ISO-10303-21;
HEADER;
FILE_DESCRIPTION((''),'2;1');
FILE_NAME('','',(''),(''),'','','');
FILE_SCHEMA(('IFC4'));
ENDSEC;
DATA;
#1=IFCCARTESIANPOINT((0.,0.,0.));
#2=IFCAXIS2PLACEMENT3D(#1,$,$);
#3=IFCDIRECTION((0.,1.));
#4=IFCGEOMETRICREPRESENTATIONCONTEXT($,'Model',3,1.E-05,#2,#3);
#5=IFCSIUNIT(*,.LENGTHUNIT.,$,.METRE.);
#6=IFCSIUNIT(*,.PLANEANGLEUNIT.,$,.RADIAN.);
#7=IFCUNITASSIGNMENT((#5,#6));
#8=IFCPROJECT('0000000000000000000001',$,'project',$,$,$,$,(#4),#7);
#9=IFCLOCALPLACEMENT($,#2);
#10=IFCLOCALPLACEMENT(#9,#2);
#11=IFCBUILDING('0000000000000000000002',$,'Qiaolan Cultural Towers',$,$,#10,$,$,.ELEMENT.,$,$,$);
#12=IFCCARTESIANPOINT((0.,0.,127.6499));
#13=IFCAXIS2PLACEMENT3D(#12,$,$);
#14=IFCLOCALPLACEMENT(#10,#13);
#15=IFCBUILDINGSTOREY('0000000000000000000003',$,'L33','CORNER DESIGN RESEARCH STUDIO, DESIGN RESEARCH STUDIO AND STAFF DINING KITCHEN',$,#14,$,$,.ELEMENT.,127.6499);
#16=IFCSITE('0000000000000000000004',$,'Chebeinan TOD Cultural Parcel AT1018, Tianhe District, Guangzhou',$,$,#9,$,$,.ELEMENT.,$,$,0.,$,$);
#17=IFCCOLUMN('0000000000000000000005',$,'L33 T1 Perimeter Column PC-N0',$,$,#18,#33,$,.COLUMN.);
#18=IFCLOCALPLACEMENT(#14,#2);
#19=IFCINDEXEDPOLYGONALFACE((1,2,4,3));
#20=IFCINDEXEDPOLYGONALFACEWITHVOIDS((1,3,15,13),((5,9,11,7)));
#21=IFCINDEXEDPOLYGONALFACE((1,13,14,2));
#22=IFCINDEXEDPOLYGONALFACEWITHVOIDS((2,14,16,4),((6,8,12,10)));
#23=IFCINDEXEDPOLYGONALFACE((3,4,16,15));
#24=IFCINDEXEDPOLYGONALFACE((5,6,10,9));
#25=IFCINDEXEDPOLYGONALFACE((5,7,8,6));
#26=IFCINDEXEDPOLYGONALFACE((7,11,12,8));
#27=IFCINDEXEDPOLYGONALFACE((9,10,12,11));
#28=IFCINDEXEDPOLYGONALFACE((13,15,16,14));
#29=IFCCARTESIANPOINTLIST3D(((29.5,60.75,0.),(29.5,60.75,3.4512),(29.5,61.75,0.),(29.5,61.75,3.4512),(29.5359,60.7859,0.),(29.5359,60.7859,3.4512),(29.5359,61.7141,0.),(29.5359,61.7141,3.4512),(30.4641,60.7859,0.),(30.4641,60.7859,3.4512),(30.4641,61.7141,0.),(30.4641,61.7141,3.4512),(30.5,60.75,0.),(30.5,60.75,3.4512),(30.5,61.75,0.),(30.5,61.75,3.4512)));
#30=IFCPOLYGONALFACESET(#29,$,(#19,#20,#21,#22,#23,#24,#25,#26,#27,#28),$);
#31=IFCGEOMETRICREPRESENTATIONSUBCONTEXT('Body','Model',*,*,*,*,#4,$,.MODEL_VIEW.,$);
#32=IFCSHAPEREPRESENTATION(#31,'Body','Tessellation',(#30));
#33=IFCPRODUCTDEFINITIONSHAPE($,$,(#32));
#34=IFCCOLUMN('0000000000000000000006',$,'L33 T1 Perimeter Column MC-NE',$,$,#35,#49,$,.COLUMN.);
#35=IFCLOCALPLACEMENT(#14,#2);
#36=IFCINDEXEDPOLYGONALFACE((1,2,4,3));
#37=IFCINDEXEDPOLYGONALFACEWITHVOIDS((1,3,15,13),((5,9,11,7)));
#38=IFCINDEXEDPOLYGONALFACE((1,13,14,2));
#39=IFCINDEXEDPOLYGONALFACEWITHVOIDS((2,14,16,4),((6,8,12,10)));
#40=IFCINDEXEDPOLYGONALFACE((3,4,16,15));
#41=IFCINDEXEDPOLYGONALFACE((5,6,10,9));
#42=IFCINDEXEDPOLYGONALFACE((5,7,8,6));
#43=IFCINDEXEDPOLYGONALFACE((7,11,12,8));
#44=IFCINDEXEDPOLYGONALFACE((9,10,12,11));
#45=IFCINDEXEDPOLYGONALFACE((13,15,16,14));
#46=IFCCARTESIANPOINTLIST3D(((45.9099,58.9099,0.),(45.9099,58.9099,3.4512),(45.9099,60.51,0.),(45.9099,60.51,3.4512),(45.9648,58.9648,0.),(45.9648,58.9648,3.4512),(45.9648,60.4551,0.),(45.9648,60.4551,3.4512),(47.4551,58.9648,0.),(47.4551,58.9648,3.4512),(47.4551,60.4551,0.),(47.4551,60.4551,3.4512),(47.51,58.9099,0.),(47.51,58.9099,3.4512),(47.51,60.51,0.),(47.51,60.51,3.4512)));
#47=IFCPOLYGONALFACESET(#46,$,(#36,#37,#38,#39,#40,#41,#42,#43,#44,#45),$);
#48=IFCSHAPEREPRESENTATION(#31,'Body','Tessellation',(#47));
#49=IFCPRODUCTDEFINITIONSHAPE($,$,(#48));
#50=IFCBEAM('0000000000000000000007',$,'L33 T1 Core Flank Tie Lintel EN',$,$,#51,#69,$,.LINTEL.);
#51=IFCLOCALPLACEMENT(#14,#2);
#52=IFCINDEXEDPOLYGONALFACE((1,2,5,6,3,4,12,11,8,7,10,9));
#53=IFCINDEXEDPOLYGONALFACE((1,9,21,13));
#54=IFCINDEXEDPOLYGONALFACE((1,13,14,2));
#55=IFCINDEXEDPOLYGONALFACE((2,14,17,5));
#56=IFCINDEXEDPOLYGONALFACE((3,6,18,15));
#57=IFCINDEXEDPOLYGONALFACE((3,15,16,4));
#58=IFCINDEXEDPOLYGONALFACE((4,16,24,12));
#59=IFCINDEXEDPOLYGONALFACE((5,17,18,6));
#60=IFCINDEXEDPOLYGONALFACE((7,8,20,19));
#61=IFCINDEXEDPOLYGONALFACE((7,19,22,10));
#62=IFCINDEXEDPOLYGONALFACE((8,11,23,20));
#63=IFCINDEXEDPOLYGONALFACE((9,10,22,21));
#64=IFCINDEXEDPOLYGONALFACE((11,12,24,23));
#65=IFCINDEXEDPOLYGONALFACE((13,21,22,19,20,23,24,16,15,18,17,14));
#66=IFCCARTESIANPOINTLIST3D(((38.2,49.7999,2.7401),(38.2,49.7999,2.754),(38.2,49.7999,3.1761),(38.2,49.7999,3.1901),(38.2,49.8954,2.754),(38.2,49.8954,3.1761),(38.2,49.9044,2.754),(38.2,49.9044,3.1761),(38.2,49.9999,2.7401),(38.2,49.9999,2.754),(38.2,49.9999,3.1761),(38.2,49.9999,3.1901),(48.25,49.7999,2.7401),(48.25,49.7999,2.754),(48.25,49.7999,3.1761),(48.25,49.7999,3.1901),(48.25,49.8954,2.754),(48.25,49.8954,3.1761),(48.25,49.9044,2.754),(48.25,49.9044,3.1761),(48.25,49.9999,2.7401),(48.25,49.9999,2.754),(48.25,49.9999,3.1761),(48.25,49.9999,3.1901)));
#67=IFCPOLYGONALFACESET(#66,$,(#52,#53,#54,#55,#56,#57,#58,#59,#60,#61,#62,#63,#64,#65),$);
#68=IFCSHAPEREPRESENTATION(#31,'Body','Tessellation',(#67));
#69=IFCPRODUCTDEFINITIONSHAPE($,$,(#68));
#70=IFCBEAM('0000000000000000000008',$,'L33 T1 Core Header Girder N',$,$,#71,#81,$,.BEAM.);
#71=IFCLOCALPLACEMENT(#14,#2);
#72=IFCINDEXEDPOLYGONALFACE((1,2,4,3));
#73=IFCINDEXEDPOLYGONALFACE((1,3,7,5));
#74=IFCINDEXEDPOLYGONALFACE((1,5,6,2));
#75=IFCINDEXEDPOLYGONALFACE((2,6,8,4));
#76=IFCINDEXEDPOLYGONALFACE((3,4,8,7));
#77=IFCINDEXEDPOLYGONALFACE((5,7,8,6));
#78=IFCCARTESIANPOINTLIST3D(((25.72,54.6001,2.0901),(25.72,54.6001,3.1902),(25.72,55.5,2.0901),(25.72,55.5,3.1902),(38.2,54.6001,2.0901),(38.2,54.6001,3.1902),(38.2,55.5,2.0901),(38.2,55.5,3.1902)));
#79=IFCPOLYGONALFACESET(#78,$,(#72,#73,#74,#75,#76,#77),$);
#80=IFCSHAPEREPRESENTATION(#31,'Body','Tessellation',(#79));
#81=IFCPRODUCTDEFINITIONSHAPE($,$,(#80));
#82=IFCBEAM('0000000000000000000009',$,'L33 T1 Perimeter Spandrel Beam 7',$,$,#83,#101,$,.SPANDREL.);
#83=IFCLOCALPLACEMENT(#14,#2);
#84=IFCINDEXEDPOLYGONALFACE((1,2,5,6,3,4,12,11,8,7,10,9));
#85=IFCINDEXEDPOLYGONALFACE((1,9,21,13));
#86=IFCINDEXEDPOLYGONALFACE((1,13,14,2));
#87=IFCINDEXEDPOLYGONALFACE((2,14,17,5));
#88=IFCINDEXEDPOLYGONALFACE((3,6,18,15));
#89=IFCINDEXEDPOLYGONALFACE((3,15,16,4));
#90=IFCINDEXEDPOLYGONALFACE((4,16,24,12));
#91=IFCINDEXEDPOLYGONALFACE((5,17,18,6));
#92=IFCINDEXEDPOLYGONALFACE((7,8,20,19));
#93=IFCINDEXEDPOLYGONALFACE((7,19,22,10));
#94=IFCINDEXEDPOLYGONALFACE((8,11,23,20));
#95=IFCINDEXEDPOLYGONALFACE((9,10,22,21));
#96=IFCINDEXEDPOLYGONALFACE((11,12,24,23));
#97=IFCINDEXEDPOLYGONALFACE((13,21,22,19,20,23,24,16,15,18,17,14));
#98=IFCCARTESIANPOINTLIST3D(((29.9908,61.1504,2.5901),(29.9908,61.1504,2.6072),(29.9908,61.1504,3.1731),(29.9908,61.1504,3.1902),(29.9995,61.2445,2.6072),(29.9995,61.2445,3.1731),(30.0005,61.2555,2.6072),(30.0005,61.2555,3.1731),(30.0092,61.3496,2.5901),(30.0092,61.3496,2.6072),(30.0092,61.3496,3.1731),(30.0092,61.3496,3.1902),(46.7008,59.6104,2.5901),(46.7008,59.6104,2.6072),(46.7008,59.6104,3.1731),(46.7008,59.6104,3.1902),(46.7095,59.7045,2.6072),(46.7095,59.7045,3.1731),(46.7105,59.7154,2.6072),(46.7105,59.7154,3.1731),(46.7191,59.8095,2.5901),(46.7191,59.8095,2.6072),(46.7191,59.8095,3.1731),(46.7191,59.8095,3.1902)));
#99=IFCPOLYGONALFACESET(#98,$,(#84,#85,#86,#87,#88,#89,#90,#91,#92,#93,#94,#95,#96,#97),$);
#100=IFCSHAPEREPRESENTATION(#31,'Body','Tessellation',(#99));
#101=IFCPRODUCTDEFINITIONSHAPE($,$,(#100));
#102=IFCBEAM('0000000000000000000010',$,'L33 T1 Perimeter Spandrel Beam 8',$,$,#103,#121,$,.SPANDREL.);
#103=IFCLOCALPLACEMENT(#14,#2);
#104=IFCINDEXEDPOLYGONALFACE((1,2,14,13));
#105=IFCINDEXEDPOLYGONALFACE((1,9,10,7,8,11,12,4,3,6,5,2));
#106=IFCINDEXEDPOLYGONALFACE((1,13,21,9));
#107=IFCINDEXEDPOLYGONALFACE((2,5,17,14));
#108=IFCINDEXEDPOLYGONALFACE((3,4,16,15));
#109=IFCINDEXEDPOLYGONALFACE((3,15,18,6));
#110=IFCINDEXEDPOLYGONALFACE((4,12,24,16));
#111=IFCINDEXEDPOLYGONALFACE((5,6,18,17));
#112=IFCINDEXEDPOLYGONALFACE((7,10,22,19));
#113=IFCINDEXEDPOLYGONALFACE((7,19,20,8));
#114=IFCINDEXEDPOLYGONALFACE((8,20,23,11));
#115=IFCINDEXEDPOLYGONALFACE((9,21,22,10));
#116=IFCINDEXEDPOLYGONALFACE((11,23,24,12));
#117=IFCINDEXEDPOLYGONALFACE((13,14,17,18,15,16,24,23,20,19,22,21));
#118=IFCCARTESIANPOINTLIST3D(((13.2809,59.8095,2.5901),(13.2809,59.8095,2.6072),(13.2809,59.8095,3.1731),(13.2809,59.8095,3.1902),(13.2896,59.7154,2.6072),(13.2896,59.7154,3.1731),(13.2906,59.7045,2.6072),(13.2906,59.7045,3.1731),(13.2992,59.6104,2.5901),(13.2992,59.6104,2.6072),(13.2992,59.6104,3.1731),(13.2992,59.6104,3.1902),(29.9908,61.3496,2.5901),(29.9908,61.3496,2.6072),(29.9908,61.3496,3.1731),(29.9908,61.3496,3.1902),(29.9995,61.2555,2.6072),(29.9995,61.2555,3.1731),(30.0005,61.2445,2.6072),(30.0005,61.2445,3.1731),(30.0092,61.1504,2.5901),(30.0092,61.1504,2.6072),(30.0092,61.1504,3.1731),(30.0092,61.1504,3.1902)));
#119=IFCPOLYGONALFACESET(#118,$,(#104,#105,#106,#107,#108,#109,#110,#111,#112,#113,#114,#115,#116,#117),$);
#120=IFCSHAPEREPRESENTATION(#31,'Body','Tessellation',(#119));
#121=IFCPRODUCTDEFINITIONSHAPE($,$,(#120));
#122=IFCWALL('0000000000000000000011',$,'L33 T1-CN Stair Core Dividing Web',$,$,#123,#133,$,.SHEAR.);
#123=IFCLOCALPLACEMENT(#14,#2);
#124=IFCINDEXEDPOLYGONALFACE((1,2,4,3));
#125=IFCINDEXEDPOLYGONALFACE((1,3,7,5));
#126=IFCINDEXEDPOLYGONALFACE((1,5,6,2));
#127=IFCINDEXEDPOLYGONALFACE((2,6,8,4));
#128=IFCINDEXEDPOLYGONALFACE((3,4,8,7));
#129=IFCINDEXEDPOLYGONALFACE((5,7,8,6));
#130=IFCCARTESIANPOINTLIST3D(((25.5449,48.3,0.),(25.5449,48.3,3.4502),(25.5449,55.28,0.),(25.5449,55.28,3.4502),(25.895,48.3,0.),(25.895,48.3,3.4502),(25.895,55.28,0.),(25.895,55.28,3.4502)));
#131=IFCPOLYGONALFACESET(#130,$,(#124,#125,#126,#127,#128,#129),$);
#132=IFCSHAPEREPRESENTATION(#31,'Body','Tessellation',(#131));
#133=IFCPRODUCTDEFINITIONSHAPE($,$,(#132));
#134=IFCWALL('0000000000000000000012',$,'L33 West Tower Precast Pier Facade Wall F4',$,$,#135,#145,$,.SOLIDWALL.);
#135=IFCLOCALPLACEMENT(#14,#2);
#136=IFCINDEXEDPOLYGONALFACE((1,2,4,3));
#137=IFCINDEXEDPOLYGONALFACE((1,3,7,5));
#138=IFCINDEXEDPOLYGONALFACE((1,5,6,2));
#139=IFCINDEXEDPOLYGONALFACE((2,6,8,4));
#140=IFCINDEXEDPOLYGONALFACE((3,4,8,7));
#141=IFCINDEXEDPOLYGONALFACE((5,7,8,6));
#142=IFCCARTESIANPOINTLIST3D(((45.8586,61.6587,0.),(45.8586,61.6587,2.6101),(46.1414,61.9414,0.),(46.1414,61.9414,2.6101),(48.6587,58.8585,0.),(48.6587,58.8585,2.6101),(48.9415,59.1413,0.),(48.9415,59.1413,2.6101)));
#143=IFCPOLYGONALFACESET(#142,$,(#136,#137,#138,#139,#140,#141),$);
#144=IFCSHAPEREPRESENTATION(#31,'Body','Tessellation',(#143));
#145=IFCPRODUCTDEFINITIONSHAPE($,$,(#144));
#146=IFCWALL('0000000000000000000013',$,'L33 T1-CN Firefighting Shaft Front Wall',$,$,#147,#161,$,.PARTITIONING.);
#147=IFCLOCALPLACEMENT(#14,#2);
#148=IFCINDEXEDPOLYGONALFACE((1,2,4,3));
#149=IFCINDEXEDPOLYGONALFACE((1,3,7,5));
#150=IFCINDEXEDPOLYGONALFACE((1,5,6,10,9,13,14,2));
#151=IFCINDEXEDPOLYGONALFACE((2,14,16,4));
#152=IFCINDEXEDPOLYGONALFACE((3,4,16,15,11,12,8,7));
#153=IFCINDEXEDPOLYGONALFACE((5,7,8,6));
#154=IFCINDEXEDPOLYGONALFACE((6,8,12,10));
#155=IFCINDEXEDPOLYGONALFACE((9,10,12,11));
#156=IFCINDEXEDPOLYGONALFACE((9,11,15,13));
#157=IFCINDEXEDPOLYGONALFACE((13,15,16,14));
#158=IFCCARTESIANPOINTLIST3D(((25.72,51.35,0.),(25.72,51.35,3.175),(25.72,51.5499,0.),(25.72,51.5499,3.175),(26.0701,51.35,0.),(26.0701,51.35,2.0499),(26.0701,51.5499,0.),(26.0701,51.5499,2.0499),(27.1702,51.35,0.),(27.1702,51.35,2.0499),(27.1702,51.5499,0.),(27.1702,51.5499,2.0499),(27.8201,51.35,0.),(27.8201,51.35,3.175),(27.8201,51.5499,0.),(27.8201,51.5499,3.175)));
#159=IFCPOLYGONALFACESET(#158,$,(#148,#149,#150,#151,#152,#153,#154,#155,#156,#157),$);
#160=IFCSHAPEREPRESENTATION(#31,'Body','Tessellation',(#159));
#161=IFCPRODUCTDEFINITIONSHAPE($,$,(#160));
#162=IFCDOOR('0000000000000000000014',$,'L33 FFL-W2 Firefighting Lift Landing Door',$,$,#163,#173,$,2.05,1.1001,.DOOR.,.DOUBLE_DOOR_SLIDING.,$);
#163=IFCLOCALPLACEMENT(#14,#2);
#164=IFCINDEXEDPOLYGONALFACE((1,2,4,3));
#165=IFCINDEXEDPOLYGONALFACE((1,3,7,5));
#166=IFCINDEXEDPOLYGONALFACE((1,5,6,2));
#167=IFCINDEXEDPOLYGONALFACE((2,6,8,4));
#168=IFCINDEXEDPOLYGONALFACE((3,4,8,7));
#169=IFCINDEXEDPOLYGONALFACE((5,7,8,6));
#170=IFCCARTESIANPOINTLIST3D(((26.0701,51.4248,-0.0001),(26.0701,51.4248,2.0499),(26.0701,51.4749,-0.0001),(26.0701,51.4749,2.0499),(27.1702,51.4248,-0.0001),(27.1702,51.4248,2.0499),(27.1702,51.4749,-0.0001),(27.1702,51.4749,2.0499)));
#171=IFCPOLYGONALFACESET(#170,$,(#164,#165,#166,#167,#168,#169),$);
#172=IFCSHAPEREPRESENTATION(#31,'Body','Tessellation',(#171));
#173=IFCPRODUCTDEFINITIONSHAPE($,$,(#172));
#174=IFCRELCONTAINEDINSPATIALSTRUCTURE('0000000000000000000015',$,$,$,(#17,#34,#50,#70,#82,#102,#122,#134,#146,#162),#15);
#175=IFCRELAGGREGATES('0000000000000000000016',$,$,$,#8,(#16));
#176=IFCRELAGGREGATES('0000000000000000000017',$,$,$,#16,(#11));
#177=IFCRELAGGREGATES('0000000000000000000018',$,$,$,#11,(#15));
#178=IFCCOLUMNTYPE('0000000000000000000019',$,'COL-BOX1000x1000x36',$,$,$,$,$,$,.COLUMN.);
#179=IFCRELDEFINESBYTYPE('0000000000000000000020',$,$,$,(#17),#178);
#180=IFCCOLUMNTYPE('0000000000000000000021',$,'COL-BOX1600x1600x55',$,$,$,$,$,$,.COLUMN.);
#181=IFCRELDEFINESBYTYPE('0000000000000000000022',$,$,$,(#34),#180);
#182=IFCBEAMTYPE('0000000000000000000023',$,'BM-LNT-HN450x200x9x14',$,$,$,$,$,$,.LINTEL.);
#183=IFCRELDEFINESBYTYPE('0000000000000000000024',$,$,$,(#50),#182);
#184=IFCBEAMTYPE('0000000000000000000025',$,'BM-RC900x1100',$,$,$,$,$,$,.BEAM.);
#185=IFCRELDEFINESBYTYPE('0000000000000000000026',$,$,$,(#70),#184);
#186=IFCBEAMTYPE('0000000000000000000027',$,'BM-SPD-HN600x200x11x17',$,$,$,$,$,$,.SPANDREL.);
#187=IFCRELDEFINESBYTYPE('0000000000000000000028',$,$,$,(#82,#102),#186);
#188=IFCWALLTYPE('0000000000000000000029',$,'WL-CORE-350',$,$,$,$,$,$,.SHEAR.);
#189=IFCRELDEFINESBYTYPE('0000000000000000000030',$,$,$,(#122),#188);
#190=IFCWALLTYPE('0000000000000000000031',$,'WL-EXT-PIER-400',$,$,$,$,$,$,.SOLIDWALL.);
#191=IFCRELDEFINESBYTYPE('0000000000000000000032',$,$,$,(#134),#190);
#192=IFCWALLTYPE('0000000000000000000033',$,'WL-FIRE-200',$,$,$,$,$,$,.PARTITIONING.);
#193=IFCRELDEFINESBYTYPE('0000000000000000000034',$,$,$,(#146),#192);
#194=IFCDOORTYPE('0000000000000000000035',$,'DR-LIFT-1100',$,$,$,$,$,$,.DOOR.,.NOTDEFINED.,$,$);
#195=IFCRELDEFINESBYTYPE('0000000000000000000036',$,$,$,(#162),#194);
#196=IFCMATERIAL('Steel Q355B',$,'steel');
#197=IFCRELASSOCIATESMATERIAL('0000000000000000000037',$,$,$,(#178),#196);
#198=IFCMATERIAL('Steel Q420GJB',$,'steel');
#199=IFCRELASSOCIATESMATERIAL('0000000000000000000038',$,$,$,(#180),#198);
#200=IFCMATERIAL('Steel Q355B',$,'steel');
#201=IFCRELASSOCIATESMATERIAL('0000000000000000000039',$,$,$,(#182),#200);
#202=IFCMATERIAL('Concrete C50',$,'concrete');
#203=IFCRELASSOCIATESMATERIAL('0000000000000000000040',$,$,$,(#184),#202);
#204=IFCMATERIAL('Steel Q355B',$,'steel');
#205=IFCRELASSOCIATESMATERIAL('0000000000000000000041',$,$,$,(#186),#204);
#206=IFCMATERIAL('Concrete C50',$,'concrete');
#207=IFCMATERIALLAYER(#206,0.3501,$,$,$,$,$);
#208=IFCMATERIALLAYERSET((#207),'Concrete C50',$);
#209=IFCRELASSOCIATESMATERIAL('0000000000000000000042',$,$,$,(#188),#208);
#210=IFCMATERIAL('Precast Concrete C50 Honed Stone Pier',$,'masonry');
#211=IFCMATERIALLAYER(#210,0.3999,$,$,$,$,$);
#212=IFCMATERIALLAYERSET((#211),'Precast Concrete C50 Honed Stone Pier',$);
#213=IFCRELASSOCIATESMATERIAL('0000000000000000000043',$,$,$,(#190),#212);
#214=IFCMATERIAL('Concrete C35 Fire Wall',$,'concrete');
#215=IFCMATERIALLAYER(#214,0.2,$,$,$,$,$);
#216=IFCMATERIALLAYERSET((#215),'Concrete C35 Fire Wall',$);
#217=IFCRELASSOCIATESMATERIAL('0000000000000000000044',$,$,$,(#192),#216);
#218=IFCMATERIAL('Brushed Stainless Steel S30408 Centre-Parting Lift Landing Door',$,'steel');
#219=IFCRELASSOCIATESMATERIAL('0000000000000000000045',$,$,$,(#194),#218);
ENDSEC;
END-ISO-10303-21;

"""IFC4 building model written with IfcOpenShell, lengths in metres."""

from ifc_helpers import new_model, si_unit, direction, frame, frame_2d, origin, origin_2d, place, context, subcontext, project, spatial, rectangle, hollow_rectangle, i_section, extrude, material, layer, layer_set, material_profile, profile_set, type_object, element, fill, save


model = new_model("IFC4")

# Units and contexts
model_context = context("Model", 3, precision=1e-05, world=origin(), true_north=direction((0.0, 1.0)))
body_context = subcontext(model_context, "Body", "Model", "MODEL_VIEW")
ifc_project = project(units=[si_unit("LENGTHUNIT", "METRE"), si_unit("PLANEANGLEUNIT", "RADIAN")], contexts=[model_context])

# Site, building, storey
site_placement = place(None, origin())
site = spatial("IfcSite", under=ifc_project, at=site_placement, Name="Chebeinan TOD Cultural Parcel AT1018, Tianhe District, Guangzhou", CompositionType="ELEMENT", RefElevation=0.0)
building_placement = place(site_placement, origin())
building = spatial("IfcBuilding", under=site, at=building_placement, Name="Qiaolan Cultural Towers", CompositionType="ELEMENT")
storey_placement = place(building_placement, frame((0.0, 0.0, 127.6499)))
storey = spatial("IfcBuildingStorey", under=building, at=storey_placement, Name="L33", Description="CORNER DESIGN RESEARCH STUDIO, DESIGN RESEARCH STUDIO AND STAFF DINING KITCHEN", CompositionType="ELEMENT", Elevation=127.6499)

# Columns
ifc_material_1 = material(Name="Steel Q355B", Category="steel")
ifc_material_profile_1 = material_profile(ifc_material_1, hollow_rectangle(XDim=1.0, YDim=1.0, WallThickness=0.0359, at=origin_2d()), Name="BOX1000x1000x36")
ifc_profile_set_1 = profile_set([ifc_material_profile_1], Name="Steel Q355B")
column_type_1 = type_object("IfcColumnType", Name="COL-BOX1000x1000x36", PredefinedType="COLUMN", material=ifc_profile_set_1)
column_1_placement = place(storey_placement, frame((30.0, 61.25, 0.0), z_axis=(0.0, 0.0, 1.0), x_axis=(1.0, 0.0, 0.0)))
element("IfcColumn", 1, at=column_1_placement, inside=storey, type_object=column_type_1, Name="L33 T1 Perimeter Column PC-N0", PredefinedType="COLUMN", context=body_context, shape_type="SweptSolid", body=[
    extrude(hollow_rectangle(XDim=1.0, YDim=1.0, WallThickness=0.0359, at=origin_2d()), origin(), (0.0, 0.0, 1.0), 3.4512),
])
ifc_material_2 = material(Name="Steel Q420GJB", Category="steel")
ifc_material_profile_2 = material_profile(ifc_material_2, hollow_rectangle(XDim=1.6001, YDim=1.6001, WallThickness=0.0549, at=origin_2d()), Name="BOX1600x1600x55")
ifc_profile_set_2 = profile_set([ifc_material_profile_2], Name="Steel Q420GJB")
column_type_2 = type_object("IfcColumnType", Name="COL-BOX1600x1600x55", PredefinedType="COLUMN", material=ifc_profile_set_2)
column_2_placement = place(storey_placement, frame((46.71, 59.71, 0.0), z_axis=(0.0, 0.0, 1.0), x_axis=(1.0, 0.0, 0.0)))
element("IfcColumn", 2, at=column_2_placement, inside=storey, type_object=column_type_2, Name="L33 T1 Perimeter Column MC-NE", PredefinedType="COLUMN", context=body_context, shape_type="SweptSolid", body=[
    extrude(hollow_rectangle(XDim=1.6001, YDim=1.6001, WallThickness=0.0549, at=origin_2d()), origin(), (0.0, 0.0, 1.0), 3.4512),
])

# Beams
ifc_material_3 = material(Name="Steel Q355B", Category="steel")
ifc_material_profile_3 = material_profile(ifc_material_3, i_section(OverallWidth=0.2, OverallDepth=0.45, WebThickness=0.009, FlangeThickness=0.0139, at=origin_2d()), Name="HN450x200x9x14")
ifc_profile_set_3 = profile_set([ifc_material_profile_3], Name="Steel Q355B")
beam_type_1 = type_object("IfcBeamType", Name="BM-LNT-HN450x200x9x14", PredefinedType="LINTEL", material=ifc_profile_set_3)
beam_1_placement = place(storey_placement, frame((38.2, 49.8999, 2.9651), z_axis=(1.0, 0.0, 0.0), x_axis=(0.0, 1.0, 0.0)))
element("IfcBeam", 3, at=beam_1_placement, inside=storey, type_object=beam_type_1, Name="L33 T1 Core Flank Tie Lintel EN", PredefinedType="LINTEL", context=body_context, shape_type="SweptSolid", body=[
    extrude(i_section(OverallWidth=0.2, OverallDepth=0.45, WebThickness=0.009, FlangeThickness=0.0139, at=origin_2d()), origin(), (0.0, 0.0, 1.0), 10.05),
])
ifc_material_4 = material(Name="Concrete C50", Category="concrete")
ifc_material_profile_4 = material_profile(ifc_material_4, rectangle(XDim=0.8999, YDim=1.1001, at=origin_2d()), Name="RC900x1100")
ifc_profile_set_4 = profile_set([ifc_material_profile_4], Name="Concrete C50")
beam_type_2 = type_object("IfcBeamType", Name="BM-RC900x1100", PredefinedType="BEAM", material=ifc_profile_set_4)
beam_2_placement = place(storey_placement, frame((25.72, 55.05, 2.6401), z_axis=(1.0, 0.0, 0.0), x_axis=(0.0, 1.0, 0.0)))
element("IfcBeam", 4, at=beam_2_placement, inside=storey, type_object=beam_type_2, Name="L33 T1 Core Header Girder N", PredefinedType="BEAM", context=body_context, shape_type="SweptSolid", body=[
    extrude(rectangle(XDim=0.8999, YDim=1.1001, at=origin_2d()), origin(), (0.0, 0.0, 1.0), 12.48),
])
ifc_material_5 = material(Name="Steel Q355B", Category="steel")
ifc_material_profile_5 = material_profile(ifc_material_5, i_section(OverallWidth=0.2, OverallDepth=0.6001, WebThickness=0.011, FlangeThickness=0.0171, at=origin_2d()), Name="HN600x200x11x17")
ifc_profile_set_5 = profile_set([ifc_material_profile_5], Name="Steel Q355B")
beam_type_3 = type_object("IfcBeamType", Name="BM-SPD-HN600x200x11x17", PredefinedType="SPANDREL", material=ifc_profile_set_5)
for number, where, z_axis, x_axis, name in (
    (5, (46.71, 59.71, 2.8901), (-0.99578, 0.091774, 0.0), (-0.091774, -0.99578, 0.0), "L33 T1 Perimeter Spandrel Beam 7"),
    (6, (30.0, 61.25, 2.8901), (-0.99578, -0.091774, 0.0), (0.091774, -0.99578, 0.0), "L33 T1 Perimeter Spandrel Beam 8"),
):
    element("IfcBeam", number, at=place(storey_placement, frame(where, z_axis=z_axis, x_axis=x_axis)), inside=storey, type_object=beam_type_3, Name=name, PredefinedType="SPANDREL", context=body_context, shape_type="SweptSolid", body=[
        extrude(i_section(OverallWidth=0.2, OverallDepth=0.6001, WebThickness=0.011, FlangeThickness=0.0171, at=origin_2d()), origin(), (0.0, 0.0, 1.0), 16.7808),
    ])

# Walls
ifc_material_6 = material(Name="Concrete C50", Category="concrete")
ifc_layer_1 = layer(ifc_material_6, 0.3501)
ifc_layer_set_1 = layer_set([ifc_layer_1], Name="Concrete C50")
wall_type_1 = type_object("IfcWallType", Name="WL-CORE-350", PredefinedType="SHEAR", material=ifc_layer_set_1)
wall_1_placement = place(storey_placement, frame((25.72, 48.3, 0.0), z_axis=(0.0, 0.0, 1.0), x_axis=(0.0, 1.0, 0.0)))
element("IfcWall", 7, at=wall_1_placement, inside=storey, type_object=wall_type_1, Name="L33 T1-CN Stair Core Dividing Web", PredefinedType="SHEAR", context=body_context, shape_type="SweptSolid", body=[
    extrude(rectangle(XDim=6.98, YDim=0.3501, at=frame_2d((3.49, 0.0))), origin(), (0.0, 0.0, 1.0), 3.4502),
])
ifc_material_7 = material(Name="Precast Concrete C50 Honed Stone Pier", Category="masonry")
ifc_layer_2 = layer(ifc_material_7, 0.3999)
ifc_layer_set_2 = layer_set([ifc_layer_2], Name="Precast Concrete C50 Honed Stone Pier")
wall_type_2 = type_object("IfcWallType", Name="WL-EXT-PIER-400", PredefinedType="SOLIDWALL", material=ifc_layer_set_2)
wall_2_placement = place(storey_placement, frame((46.0, 61.8, 0.0), z_axis=(0.0, 0.0, 1.0), x_axis=(0.707107, -0.707107, 0.0)))
element("IfcWall", 8, at=wall_2_placement, inside=storey, type_object=wall_type_2, Name="L33 West Tower Precast Pier Facade Wall F4", PredefinedType="SOLIDWALL", context=body_context, shape_type="SweptSolid", body=[
    extrude(rectangle(XDim=3.96, YDim=0.3999, at=frame_2d((1.98, 0.0))), origin(), (0.0, 0.0, 1.0), 2.6101),
])

# Wall, opening, door
ifc_material_8 = material(Name="Concrete C35 Fire Wall", Category="concrete")
ifc_layer_3 = layer(ifc_material_8, 0.2)
ifc_layer_set_3 = layer_set([ifc_layer_3], Name="Concrete C35 Fire Wall")
wall_type_3 = type_object("IfcWallType", Name="WL-FIRE-200", PredefinedType="PARTITIONING", material=ifc_layer_set_3)
wall_3_placement = place(storey_placement, frame((25.72, 51.45, 0.0), z_axis=(0.0, 0.0, 1.0), x_axis=(1.0, 0.0, 0.0)))
wall_3 = element("IfcWall", 9, at=wall_3_placement, inside=storey, type_object=wall_type_3, Name="L33 T1-CN Firefighting Shaft Front Wall", PredefinedType="PARTITIONING", context=body_context, shape_type="SweptSolid", body=[
    extrude(rectangle(XDim=2.1001, YDim=0.2, at=frame_2d((1.05, 0.0))), origin(), (0.0, 0.0, 1.0), 3.175),
])
opening_1_placement = place(wall_3_placement, frame((0.3501, 0.0, 0.0)))
opening_1 = element("IfcOpeningElement", 10, at=opening_1_placement, cuts=wall_3, PredefinedType="OPENING", context=body_context, shape_type="SweptSolid", body=[
    extrude(rectangle(XDim=1.1001, YDim=2.05, at=frame_2d((0.55, 1.0249))), frame((0.0, 0.1099, 0.0), z_axis=(0.0, -1.0, 0.0), x_axis=(1.0, 0.0, 0.0)), (0.0, 0.0, 1.0), 0.22),
])
ifc_material_9 = material(Name="Brushed Stainless Steel S30408 Centre-Parting Lift Landing Door", Category="steel")
door_type_1 = type_object("IfcDoorType", Name="DR-LIFT-1100", OperationType="NOTDEFINED", PredefinedType="DOOR", material=ifc_material_9)
door_1_placement = place(opening_1_placement, origin())
door_1 = element("IfcDoor", 11, at=door_1_placement, inside=storey, type_object=door_type_1, Name="L33 FFL-W2 Firefighting Lift Landing Door", OperationType="DOUBLE_DOOR_SLIDING", OverallHeight=2.05, OverallWidth=1.1001, PredefinedType="DOOR", context=body_context, shape_type="SweptSolid", body=[
    extrude(rectangle(XDim=1.1001, YDim=2.05, at=frame_2d((0.55, 1.0249))), frame((0.0, 0.0249, 0.0), z_axis=(0.0, -1.0, 0.0), x_axis=(1.0, 0.0, 0.0)), (0.0, 0.0, 1.0), 0.05),
])
fill(opening_1, door_1)

save(model, "model.ifc")
